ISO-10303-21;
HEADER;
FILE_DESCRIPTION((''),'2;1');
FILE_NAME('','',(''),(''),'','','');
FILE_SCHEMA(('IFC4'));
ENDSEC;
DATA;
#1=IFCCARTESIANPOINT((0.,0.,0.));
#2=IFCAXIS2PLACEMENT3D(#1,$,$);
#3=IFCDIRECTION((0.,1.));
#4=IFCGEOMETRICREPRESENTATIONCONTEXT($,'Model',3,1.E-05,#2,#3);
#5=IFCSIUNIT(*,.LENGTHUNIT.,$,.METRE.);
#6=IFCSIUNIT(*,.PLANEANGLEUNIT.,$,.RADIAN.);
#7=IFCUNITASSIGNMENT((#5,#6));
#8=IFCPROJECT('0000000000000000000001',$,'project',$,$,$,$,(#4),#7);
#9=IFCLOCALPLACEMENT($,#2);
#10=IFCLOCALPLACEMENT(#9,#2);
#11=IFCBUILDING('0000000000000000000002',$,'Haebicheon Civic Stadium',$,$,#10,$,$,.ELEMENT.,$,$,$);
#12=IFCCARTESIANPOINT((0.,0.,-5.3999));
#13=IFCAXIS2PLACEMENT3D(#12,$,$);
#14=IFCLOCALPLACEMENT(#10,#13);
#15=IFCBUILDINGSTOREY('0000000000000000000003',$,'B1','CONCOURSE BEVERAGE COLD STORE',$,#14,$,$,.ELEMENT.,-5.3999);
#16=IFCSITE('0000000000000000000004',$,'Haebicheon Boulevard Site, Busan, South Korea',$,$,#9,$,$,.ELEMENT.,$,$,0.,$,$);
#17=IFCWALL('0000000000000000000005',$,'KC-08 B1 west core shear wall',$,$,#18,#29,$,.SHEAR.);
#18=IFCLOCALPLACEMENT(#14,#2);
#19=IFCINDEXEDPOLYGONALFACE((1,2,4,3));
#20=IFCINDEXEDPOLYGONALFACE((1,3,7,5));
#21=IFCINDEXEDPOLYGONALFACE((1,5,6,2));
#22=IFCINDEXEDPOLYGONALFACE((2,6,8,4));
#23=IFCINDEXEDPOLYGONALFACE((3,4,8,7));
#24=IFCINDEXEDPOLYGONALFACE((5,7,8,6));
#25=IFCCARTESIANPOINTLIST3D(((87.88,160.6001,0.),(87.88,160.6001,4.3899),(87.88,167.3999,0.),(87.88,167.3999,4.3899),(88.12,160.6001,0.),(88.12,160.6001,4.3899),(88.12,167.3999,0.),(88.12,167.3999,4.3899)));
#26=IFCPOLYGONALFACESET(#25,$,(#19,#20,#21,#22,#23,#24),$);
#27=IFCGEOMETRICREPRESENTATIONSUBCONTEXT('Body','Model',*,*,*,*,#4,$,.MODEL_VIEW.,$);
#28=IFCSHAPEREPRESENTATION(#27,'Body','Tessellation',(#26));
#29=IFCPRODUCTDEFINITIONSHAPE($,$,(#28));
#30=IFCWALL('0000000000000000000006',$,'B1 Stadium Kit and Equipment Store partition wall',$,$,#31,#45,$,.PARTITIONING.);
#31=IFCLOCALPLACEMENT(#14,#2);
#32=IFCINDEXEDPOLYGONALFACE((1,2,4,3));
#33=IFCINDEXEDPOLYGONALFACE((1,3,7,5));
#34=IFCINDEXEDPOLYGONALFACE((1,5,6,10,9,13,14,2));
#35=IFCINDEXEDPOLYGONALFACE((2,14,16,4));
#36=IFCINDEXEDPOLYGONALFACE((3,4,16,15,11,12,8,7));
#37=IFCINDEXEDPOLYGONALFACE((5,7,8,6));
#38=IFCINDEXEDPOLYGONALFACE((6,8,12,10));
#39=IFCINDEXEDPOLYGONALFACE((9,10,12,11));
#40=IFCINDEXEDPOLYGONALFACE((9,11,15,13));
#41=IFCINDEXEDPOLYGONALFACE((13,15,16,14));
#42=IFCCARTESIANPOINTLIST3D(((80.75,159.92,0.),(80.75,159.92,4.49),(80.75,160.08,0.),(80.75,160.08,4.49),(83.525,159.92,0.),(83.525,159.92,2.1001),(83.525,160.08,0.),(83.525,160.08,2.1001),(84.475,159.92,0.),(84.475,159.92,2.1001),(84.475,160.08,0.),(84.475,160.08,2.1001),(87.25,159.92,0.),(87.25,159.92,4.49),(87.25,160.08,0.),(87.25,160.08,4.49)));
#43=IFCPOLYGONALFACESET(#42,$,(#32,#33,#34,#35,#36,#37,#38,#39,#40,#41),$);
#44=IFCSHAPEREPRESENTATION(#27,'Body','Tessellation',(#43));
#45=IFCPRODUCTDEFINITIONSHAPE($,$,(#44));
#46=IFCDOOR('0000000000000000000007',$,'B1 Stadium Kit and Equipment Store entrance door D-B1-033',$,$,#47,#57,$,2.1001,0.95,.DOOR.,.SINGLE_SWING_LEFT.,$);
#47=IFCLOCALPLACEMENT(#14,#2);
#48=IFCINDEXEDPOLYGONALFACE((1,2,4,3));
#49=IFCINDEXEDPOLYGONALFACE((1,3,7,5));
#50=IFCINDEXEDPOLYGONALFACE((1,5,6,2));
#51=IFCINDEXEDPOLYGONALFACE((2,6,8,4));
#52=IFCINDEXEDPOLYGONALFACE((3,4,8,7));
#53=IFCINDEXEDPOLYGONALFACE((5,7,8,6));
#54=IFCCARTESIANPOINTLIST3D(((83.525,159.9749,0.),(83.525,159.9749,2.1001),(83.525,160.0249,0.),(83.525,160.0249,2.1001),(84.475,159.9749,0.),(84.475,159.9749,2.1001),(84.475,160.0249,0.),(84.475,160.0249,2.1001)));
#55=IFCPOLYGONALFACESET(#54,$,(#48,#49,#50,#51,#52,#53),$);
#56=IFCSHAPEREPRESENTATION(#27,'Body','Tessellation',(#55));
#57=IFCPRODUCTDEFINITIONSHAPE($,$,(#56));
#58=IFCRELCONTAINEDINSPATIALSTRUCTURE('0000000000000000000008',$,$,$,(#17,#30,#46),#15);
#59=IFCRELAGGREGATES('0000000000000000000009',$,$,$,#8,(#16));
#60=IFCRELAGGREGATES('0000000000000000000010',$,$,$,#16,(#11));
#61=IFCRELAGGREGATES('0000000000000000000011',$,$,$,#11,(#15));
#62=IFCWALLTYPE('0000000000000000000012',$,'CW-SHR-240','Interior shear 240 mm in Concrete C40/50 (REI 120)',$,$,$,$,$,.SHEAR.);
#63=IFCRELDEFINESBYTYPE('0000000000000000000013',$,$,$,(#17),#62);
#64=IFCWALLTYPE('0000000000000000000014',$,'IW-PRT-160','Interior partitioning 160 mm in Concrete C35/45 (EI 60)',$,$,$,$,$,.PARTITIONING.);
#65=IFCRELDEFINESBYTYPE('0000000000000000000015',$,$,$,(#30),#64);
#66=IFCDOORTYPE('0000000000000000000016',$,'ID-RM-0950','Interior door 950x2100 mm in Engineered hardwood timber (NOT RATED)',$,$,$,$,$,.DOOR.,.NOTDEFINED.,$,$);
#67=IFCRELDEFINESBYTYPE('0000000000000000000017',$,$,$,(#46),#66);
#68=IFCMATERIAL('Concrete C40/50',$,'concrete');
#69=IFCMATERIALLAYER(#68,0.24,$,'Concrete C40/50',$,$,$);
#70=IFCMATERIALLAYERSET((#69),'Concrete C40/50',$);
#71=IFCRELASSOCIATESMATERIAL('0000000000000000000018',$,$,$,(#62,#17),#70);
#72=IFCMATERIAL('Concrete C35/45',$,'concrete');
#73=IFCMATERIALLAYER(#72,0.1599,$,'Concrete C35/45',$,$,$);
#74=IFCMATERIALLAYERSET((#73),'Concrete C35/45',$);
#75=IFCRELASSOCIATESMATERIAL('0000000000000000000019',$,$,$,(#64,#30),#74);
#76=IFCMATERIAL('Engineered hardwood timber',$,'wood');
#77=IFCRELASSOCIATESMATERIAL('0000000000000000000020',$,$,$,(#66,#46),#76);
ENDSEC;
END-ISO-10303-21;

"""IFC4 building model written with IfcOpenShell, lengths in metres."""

from ifc_helpers import new_model, si_unit, direction, frame, frame_2d, origin, place, context, subcontext, project, spatial, rectangle, extrude, material, layer, layer_set, type_object, element, fill, save


model = new_model("IFC4")

# Units and contexts
model_context = context("Model", 3, precision=1e-05, world=origin(), true_north=direction((0.0, 1.0)))
body_context = subcontext(model_context, "Body", "Model", "MODEL_VIEW")
ifc_project = project(units=[si_unit("LENGTHUNIT", "METRE"), si_unit("PLANEANGLEUNIT", "RADIAN")], contexts=[model_context])

# Site, building, storey
site_placement = place(None, origin())
site = spatial("IfcSite", under=ifc_project, at=site_placement, Name="Haebicheon Boulevard Site, Busan, South Korea", CompositionType="ELEMENT", RefElevation=0.0)
building_placement = place(site_placement, origin())
building = spatial("IfcBuilding", under=site, at=building_placement, Name="Haebicheon Civic Stadium", CompositionType="ELEMENT")
storey_placement = place(building_placement, frame((0.0, 0.0, -5.3999)))
storey = spatial("IfcBuildingStorey", under=building, at=storey_placement, Name="B1", Description="CONCOURSE BEVERAGE COLD STORE", CompositionType="ELEMENT", Elevation=-5.3999)

# Wall
ifc_material_1 = material(Name="Concrete C40/50", Category="concrete")
ifc_layer_1 = layer(ifc_material_1, 0.24, Name="Concrete C40/50")
ifc_layer_set_1 = layer_set([ifc_layer_1], Name="Concrete C40/50")
wall_type_1 = type_object("IfcWallType", Name="CW-SHR-240", Description="Interior shear 240 mm in Concrete C40/50 (REI 120)", PredefinedType="SHEAR", material=ifc_layer_set_1)
wall_1_placement = place(storey_placement, frame((88.0, 160.6001, 0.0), z_axis=(0.0, 0.0, 1.0), x_axis=(0.0, 1.0, 0.0)))
element("IfcWall", 1, at=wall_1_placement, inside=storey, type_object=wall_type_1, material=ifc_layer_set_1, Name="KC-08 B1 west core shear wall", PredefinedType="SHEAR", context=body_context, shape_type="SweptSolid", body=[
    extrude(rectangle(XDim=6.7998, YDim=0.24, at=frame_2d((3.3999, 0.0))), origin(), (0.0, 0.0, 1.0), 4.3899),
])

# Wall, opening, door
ifc_material_2 = material(Name="Concrete C35/45", Category="concrete")
ifc_layer_2 = layer(ifc_material_2, 0.1599, Name="Concrete C35/45")
ifc_layer_set_2 = layer_set([ifc_layer_2], Name="Concrete C35/45")
wall_type_2 = type_object("IfcWallType", Name="IW-PRT-160", Description="Interior partitioning 160 mm in Concrete C35/45 (EI 60)", PredefinedType="PARTITIONING", material=ifc_layer_set_2)
wall_2_placement = place(storey_placement, frame((80.75, 160.0, 0.0), z_axis=(0.0, 0.0, 1.0), x_axis=(1.0, 0.0, 0.0)))
wall_2 = element("IfcWall", 2, at=wall_2_placement, inside=storey, type_object=wall_type_2, material=ifc_layer_set_2, Name="B1 Stadium Kit and Equipment Store partition wall", PredefinedType="PARTITIONING", context=body_context, shape_type="SweptSolid", body=[
    extrude(rectangle(XDim=6.5, YDim=0.1599, at=frame_2d((3.25, 0.0))), origin(), (0.0, 0.0, 1.0), 4.49),
])
opening_placement = place(wall_2_placement, frame((2.7749, 0.0, 0.0)))
opening = element("IfcOpeningElement", 3, at=opening_placement, cuts=wall_2, PredefinedType="OPENING", context=body_context, shape_type="SweptSolid", body=[
    extrude(rectangle(XDim=0.95, YDim=2.1001, at=frame_2d((0.4751, 1.05))), frame((0.0, 0.0898, 0.0), z_axis=(0.0, -1.0, 0.0), x_axis=(1.0, 0.0, 0.0)), (0.0, 0.0, 1.0), 0.1799),
])
ifc_material_3 = material(Name="Engineered hardwood timber", Category="wood")
door_type = type_object("IfcDoorType", Name="ID-RM-0950", Description="Interior door 950x2100 mm in Engineered hardwood timber (NOT RATED)", OperationType="NOTDEFINED", PredefinedType="DOOR", material=ifc_material_3)
door_placement = place(opening_placement, origin())
door = element("IfcDoor", 4, at=door_placement, inside=storey, type_object=door_type, material=ifc_material_3, Name="B1 Stadium Kit and Equipment Store entrance door D-B1-033", OperationType="SINGLE_SWING_LEFT", OverallHeight=2.1001, OverallWidth=0.95, PredefinedType="DOOR", context=body_context, shape_type="SweptSolid", body=[
    extrude(rectangle(XDim=0.95, YDim=2.1001, at=frame_2d((0.4751, 1.05))), frame((0.0, 0.0249, 0.0), z_axis=(0.0, -1.0, 0.0), x_axis=(1.0, 0.0, 0.0)), (0.0, 0.0, 1.0), 0.05),
])
fill(opening, door)

save(model, "model.ifc")
